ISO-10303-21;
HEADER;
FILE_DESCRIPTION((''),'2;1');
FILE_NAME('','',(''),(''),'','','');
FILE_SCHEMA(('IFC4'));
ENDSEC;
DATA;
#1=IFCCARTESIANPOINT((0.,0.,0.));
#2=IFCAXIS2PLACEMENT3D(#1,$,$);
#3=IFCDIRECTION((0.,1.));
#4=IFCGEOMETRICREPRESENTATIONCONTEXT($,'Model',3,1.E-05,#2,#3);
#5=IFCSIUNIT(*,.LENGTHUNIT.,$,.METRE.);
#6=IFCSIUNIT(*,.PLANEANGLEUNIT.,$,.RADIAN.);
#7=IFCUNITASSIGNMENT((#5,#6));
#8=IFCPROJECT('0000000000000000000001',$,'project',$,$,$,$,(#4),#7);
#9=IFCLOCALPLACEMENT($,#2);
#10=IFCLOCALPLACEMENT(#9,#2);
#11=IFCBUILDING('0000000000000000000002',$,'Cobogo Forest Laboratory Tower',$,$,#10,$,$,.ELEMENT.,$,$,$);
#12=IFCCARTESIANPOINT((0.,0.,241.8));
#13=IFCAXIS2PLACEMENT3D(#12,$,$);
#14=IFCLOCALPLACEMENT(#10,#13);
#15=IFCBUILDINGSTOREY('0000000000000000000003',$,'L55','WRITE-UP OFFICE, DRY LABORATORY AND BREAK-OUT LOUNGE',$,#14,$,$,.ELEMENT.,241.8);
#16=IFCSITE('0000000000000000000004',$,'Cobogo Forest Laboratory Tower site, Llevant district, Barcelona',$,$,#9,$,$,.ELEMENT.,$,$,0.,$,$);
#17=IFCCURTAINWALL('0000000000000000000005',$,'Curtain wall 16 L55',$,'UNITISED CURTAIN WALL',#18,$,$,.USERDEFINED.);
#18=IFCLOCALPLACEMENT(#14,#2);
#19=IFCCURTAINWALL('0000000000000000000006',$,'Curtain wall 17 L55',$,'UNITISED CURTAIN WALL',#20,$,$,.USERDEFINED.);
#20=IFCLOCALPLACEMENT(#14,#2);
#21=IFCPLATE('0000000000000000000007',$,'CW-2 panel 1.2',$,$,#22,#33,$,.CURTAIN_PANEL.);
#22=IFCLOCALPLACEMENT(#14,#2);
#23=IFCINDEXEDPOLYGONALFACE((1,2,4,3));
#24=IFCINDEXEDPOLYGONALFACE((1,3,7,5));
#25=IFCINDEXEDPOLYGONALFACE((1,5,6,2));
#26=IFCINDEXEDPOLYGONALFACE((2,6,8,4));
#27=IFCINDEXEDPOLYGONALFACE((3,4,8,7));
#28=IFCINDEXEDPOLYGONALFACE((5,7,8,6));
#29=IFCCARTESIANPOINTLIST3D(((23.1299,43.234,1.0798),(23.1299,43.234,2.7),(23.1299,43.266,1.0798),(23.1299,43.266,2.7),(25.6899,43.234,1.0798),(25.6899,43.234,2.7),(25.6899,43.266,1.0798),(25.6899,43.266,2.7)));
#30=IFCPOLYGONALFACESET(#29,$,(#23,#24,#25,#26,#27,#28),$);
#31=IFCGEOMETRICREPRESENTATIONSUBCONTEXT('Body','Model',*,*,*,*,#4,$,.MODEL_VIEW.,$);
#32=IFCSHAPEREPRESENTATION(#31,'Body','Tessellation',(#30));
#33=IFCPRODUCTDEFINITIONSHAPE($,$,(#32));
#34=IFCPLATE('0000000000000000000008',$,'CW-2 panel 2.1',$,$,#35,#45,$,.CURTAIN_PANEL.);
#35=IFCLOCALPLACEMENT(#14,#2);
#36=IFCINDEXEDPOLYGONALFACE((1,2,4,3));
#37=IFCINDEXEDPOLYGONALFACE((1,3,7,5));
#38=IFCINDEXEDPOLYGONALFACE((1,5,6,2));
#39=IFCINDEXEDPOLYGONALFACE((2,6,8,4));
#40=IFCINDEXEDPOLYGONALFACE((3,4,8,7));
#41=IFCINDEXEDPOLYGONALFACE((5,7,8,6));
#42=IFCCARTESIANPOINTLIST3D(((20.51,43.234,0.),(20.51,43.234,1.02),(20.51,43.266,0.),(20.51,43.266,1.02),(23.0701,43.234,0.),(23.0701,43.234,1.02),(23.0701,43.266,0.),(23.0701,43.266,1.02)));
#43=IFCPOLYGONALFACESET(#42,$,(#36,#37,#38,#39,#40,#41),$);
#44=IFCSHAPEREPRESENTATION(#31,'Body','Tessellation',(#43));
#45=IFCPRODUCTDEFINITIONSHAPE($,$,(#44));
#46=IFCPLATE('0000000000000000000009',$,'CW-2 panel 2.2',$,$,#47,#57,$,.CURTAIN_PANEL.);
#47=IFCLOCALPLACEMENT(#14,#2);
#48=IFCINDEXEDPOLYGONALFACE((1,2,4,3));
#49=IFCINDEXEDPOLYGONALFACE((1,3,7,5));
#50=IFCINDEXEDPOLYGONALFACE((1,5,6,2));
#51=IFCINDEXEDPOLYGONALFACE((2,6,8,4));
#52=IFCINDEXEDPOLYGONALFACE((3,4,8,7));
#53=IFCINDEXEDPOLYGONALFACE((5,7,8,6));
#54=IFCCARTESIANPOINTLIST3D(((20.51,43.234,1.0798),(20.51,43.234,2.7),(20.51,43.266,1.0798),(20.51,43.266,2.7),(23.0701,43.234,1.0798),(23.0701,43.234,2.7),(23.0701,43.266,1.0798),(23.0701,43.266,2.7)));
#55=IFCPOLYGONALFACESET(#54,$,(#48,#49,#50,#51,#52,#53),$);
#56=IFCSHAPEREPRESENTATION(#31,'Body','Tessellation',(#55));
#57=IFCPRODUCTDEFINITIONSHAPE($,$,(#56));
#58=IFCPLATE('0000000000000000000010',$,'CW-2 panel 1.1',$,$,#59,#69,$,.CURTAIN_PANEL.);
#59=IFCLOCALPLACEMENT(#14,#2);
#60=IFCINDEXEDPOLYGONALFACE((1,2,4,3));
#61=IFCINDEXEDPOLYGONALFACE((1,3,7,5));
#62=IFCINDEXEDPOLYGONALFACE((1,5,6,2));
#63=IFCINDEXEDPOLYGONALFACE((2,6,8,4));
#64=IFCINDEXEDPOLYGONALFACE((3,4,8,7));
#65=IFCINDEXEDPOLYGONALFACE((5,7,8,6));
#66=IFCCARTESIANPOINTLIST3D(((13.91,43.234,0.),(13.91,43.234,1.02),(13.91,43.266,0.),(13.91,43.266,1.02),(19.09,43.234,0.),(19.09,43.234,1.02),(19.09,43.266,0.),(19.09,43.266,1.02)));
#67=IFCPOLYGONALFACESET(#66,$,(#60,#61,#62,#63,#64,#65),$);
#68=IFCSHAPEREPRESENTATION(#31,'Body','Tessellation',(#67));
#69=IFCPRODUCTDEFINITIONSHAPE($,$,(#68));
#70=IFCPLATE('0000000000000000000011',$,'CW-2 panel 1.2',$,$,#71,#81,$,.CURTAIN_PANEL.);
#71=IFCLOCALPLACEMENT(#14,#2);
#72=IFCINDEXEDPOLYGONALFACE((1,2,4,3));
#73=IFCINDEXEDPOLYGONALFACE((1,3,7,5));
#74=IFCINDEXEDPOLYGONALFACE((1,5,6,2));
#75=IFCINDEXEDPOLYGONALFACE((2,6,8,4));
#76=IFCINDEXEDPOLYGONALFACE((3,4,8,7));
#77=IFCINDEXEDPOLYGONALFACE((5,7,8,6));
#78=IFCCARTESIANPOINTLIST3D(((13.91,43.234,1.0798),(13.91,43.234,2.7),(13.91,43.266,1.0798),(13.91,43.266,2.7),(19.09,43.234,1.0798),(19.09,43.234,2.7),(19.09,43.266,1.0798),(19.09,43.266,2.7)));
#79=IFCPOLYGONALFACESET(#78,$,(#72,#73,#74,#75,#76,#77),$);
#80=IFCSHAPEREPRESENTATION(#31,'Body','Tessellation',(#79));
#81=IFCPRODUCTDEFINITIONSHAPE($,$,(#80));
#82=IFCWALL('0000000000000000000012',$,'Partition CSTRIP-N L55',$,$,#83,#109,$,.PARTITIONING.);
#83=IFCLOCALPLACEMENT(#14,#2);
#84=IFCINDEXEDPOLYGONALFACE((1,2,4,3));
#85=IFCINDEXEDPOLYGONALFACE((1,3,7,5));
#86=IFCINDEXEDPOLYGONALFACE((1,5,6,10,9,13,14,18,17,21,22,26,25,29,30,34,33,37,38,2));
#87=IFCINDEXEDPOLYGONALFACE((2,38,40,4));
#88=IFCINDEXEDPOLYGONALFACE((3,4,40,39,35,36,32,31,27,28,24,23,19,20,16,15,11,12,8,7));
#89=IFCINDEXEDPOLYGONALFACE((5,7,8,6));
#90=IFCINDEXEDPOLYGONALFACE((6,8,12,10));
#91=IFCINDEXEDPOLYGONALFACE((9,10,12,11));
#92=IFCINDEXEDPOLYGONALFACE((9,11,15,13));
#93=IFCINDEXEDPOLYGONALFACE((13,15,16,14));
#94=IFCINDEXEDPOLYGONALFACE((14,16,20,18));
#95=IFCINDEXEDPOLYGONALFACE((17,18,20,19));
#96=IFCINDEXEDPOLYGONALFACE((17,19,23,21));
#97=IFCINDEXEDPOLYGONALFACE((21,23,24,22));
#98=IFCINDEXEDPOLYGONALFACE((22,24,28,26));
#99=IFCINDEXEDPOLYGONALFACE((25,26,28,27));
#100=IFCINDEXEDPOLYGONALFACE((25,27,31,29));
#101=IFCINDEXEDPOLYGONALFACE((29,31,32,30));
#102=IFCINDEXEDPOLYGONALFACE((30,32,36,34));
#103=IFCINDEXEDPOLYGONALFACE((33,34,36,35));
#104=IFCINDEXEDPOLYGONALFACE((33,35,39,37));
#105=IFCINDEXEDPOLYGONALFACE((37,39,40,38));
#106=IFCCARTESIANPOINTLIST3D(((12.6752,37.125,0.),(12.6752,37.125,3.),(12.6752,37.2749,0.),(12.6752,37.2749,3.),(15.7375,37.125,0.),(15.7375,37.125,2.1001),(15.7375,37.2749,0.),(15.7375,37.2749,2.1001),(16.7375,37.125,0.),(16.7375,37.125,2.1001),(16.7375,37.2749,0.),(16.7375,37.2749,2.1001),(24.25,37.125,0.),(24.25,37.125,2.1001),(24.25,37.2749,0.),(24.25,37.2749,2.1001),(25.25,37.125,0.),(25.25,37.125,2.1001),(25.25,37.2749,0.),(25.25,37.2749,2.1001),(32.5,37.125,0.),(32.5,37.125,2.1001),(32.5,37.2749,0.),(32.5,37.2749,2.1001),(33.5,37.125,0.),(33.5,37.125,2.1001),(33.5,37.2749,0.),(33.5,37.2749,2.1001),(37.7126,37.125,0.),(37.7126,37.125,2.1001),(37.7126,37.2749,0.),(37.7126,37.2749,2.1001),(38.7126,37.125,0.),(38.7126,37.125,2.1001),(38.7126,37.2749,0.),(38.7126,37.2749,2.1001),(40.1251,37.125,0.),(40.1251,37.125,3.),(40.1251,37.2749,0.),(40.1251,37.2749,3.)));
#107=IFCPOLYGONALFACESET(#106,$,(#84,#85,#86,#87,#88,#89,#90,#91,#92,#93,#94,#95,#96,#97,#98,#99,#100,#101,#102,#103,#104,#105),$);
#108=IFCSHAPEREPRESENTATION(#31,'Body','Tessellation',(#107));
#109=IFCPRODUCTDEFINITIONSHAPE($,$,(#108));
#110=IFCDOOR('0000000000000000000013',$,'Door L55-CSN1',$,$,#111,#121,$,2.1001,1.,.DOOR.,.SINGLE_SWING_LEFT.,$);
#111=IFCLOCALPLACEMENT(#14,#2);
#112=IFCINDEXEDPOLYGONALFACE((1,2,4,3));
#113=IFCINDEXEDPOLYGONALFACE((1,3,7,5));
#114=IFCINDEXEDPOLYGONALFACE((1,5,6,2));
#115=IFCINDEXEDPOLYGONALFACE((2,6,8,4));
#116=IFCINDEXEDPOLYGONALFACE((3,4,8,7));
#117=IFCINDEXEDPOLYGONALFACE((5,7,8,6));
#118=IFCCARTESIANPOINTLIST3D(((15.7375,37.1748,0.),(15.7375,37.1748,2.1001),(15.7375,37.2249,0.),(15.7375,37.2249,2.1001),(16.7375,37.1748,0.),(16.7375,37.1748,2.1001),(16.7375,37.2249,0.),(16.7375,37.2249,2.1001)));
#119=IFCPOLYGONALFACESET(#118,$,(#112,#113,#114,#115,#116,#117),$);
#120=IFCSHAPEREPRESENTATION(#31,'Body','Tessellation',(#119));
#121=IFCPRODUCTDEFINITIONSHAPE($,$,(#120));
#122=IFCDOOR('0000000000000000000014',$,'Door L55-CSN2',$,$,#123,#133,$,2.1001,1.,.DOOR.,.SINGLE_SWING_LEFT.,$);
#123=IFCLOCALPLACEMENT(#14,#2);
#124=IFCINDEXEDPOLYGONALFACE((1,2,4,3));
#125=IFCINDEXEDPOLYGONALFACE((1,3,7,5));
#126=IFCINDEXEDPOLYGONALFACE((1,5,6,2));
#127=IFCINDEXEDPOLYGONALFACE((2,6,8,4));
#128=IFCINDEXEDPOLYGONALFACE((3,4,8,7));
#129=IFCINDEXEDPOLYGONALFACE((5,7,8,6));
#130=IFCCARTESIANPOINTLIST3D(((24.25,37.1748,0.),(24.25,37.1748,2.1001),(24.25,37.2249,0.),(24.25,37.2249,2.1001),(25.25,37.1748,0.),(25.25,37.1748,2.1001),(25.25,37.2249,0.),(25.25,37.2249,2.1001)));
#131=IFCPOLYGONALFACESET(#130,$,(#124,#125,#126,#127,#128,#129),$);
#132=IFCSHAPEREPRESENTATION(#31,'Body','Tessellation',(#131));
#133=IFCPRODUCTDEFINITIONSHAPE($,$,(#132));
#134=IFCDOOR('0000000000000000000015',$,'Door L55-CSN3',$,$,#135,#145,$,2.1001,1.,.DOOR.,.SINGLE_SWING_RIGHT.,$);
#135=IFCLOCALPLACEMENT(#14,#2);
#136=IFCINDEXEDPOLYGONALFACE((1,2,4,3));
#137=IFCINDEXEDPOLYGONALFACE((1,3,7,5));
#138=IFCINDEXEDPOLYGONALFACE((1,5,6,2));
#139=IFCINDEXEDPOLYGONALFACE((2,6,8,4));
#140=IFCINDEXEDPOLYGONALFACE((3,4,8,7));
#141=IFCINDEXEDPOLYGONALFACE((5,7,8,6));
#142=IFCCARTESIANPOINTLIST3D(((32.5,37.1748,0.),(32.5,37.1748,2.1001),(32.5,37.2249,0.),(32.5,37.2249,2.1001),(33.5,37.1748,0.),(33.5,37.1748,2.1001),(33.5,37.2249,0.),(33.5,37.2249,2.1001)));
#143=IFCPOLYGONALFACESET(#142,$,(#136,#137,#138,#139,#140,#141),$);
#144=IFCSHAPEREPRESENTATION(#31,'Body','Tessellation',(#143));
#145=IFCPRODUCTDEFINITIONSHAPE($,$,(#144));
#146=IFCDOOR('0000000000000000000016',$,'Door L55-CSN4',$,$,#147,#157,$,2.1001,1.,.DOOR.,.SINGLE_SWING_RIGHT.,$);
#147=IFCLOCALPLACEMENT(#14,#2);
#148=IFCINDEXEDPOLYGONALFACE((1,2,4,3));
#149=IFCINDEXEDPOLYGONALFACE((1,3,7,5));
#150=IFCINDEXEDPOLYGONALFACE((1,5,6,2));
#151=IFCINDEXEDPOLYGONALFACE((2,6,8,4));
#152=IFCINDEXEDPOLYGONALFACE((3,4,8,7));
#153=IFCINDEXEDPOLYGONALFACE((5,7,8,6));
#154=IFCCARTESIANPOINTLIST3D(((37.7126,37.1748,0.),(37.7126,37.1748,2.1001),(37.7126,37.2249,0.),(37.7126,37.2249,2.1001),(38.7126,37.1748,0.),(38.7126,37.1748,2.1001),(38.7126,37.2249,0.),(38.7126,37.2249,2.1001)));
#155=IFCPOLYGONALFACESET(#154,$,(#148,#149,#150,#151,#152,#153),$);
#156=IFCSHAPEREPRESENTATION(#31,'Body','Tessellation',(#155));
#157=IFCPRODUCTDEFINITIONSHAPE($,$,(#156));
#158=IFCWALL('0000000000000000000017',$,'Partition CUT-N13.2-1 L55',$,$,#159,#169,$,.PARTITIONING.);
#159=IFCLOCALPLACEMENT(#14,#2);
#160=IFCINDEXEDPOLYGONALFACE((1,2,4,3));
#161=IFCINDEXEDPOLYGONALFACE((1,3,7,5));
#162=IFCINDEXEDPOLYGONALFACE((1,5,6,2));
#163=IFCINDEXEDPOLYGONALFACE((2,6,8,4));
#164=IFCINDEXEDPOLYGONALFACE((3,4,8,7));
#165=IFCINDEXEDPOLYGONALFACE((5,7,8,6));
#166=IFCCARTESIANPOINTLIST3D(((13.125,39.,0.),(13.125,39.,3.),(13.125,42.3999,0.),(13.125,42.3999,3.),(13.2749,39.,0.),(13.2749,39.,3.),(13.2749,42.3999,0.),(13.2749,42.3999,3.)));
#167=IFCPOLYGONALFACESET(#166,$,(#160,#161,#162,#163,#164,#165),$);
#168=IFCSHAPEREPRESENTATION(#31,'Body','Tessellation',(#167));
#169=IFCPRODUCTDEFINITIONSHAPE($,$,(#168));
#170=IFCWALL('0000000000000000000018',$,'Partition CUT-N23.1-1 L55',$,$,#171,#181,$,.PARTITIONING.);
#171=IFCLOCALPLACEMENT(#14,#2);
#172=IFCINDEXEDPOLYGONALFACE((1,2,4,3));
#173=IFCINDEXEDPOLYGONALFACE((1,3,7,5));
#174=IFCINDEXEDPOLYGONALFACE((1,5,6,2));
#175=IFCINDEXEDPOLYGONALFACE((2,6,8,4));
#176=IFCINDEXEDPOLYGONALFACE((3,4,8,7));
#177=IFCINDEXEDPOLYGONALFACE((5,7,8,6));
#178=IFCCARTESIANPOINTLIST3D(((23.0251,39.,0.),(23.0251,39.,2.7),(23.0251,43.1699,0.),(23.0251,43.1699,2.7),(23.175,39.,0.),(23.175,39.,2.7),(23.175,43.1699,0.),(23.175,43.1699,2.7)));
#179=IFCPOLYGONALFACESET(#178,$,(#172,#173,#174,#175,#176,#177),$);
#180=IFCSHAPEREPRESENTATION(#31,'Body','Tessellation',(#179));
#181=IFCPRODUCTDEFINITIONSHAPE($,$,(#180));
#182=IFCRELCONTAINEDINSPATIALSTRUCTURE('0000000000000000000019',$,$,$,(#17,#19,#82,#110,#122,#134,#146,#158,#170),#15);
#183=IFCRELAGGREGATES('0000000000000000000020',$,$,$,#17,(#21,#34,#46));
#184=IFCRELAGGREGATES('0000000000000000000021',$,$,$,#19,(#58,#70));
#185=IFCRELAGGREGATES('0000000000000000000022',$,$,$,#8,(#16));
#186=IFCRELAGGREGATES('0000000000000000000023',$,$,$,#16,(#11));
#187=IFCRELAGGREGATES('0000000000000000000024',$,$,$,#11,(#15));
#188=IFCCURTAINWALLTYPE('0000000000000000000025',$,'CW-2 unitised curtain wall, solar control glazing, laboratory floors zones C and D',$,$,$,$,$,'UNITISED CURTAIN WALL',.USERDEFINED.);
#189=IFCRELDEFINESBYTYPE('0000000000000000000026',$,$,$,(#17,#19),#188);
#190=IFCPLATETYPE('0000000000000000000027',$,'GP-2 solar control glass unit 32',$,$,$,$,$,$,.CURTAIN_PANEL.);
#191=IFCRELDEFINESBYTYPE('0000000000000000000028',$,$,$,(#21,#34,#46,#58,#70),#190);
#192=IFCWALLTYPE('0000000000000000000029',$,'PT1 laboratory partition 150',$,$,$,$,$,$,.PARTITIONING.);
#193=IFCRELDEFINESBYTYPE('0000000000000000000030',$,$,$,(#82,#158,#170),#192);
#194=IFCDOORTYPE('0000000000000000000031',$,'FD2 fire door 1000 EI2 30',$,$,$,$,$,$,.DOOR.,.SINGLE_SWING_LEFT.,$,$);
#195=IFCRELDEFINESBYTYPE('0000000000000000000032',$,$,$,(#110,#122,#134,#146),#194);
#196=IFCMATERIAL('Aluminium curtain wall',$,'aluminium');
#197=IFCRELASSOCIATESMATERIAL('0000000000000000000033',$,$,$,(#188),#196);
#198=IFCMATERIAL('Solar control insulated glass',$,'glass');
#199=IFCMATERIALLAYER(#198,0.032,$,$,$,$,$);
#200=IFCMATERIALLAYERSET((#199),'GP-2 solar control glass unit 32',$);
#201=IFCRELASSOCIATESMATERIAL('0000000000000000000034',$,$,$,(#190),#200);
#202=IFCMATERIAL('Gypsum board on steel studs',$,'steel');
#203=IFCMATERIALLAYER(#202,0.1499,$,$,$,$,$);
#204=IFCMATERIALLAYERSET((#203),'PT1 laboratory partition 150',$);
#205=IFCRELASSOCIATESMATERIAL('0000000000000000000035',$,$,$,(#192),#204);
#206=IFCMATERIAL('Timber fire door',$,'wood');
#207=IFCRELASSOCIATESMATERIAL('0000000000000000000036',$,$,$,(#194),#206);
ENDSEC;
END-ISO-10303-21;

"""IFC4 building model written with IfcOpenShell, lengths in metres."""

from ifc_helpers import new_model, si_unit, direction, frame, frame_2d, origin, origin_2d, place, context, subcontext, project, spatial, rectangle, extrude, material, layer, layer_set, type_object, element, fill, aggregate, save


model = new_model("IFC4")

# Units and contexts
model_context = context("Model", 3, precision=1e-05, world=origin(), true_north=direction((0.0, 1.0)))
body_context = subcontext(model_context, "Body", "Model", "MODEL_VIEW")
ifc_project = project(units=[si_unit("LENGTHUNIT", "METRE"), si_unit("PLANEANGLEUNIT", "RADIAN")], contexts=[model_context])

# Site, building, storey
site_placement = place(None, origin())
site = spatial("IfcSite", under=ifc_project, at=site_placement, Name="Cobogo Forest Laboratory Tower site, Llevant district, Barcelona", CompositionType="ELEMENT", RefElevation=0.0)
building_placement = place(site_placement, origin())
building = spatial("IfcBuilding", under=site, at=building_placement, Name="Cobogo Forest Laboratory Tower", CompositionType="ELEMENT")
storey_placement = place(building_placement, frame((0.0, 0.0, 241.8)))
storey = spatial("IfcBuildingStorey", under=building, at=storey_placement, Name="L55", Description="WRITE-UP OFFICE, DRY LABORATORY AND BREAK-OUT LOUNGE", CompositionType="ELEMENT", Elevation=241.8)

# Curtain walls
ifc_material_1 = material(Name="Aluminium curtain wall", Category="aluminium")
curtain_wall_type = type_object("IfcCurtainWallType", Name="CW-2 unitised curtain wall, solar control glazing, laboratory floors zones C and D", ElementType="UNITISED CURTAIN WALL", PredefinedType="USERDEFINED", material=ifc_material_1)
curtain_wall_1_placement = place(storey_placement, origin())
curtain_wall_1 = element("IfcCurtainWall", 1, at=curtain_wall_1_placement, inside=storey, type_object=curtain_wall_type, Name="Curtain wall 16 L55", ObjectType="UNITISED CURTAIN WALL", PredefinedType="USERDEFINED")
curtain_wall_2_placement = place(storey_placement, origin())
curtain_wall_2 = element("IfcCurtainWall", 2, at=curtain_wall_2_placement, inside=storey, type_object=curtain_wall_type, Name="Curtain wall 17 L55", ObjectType="UNITISED CURTAIN WALL", PredefinedType="USERDEFINED")

# Plates
ifc_material_2 = material(Name="Solar control insulated glass", Category="glass")
ifc_layer_1 = layer(ifc_material_2, 0.032)
ifc_layer_set_1 = layer_set([ifc_layer_1], Name="GP-2 solar control glass unit 32")
plate_type_1 = type_object("IfcPlateType", Name="GP-2 solar control glass unit 32", PredefinedType="CURTAIN_PANEL", material=ifc_layer_set_1)
plate_1_placement = place(storey_placement, frame((24.4099, 43.25, 1.0798), z_axis=(0.0, 0.0, 1.0), x_axis=(-1.0, 0.0, 0.0)))
plate_1 = element("IfcPlate", 3, at=plate_1_placement, type_object=plate_type_1, Name="CW-2 panel 1.2", PredefinedType="CURTAIN_PANEL", context=body_context, shape_type="SweptSolid", body=[
    extrude(rectangle(XDim=2.5601, YDim=0.032, at=origin_2d()), origin(), (0.0, 0.0, 1.0), 1.6201),
])
plate_2_placement = place(storey_placement, frame((21.79, 43.25, 0.0), z_axis=(0.0, 0.0, 1.0), x_axis=(-1.0, 0.0, 0.0)))
plate_2 = element("IfcPlate", 4, at=plate_2_placement, type_object=plate_type_1, Name="CW-2 panel 2.1", PredefinedType="CURTAIN_PANEL", context=body_context, shape_type="SweptSolid", body=[
    extrude(rectangle(XDim=2.5601, YDim=0.032, at=origin_2d()), origin(), (0.0, 0.0, 1.0), 1.02),
])
plate_3_placement = place(storey_placement, frame((21.79, 43.25, 1.0798), z_axis=(0.0, 0.0, 1.0), x_axis=(-1.0, 0.0, 0.0)))
plate_3 = element("IfcPlate", 5, at=plate_3_placement, type_object=plate_type_1, Name="CW-2 panel 2.2", PredefinedType="CURTAIN_PANEL", context=body_context, shape_type="SweptSolid", body=[
    extrude(rectangle(XDim=2.5601, YDim=0.032, at=origin_2d()), origin(), (0.0, 0.0, 1.0), 1.6201),
])
aggregate(curtain_wall_1, [plate_1, plate_2, plate_3])
plate_4_placement = place(storey_placement, frame((16.5, 43.25, 0.0), z_axis=(0.0, 0.0, 1.0), x_axis=(-1.0, 0.0, 0.0)))
plate_4 = element("IfcPlate", 6, at=plate_4_placement, type_object=plate_type_1, Name="CW-2 panel 1.1", PredefinedType="CURTAIN_PANEL", context=body_context, shape_type="SweptSolid", body=[
    extrude(rectangle(XDim=5.1799, YDim=0.032, at=origin_2d()), origin(), (0.0, 0.0, 1.0), 1.02),
])
plate_5_placement = place(storey_placement, frame((16.5, 43.25, 1.0798), z_axis=(0.0, 0.0, 1.0), x_axis=(-1.0, 0.0, 0.0)))
plate_5 = element("IfcPlate", 7, at=plate_5_placement, type_object=plate_type_1, Name="CW-2 panel 1.2", PredefinedType="CURTAIN_PANEL", context=body_context, shape_type="SweptSolid", body=[
    extrude(rectangle(XDim=5.1799, YDim=0.032, at=origin_2d()), origin(), (0.0, 0.0, 1.0), 1.6201),
])
aggregate(curtain_wall_2, [plate_4, plate_5])

# Wall, openings, doors
ifc_material_3 = material(Name="Gypsum board on steel studs", Category="steel")
ifc_layer_2 = layer(ifc_material_3, 0.1499)
ifc_layer_set_2 = layer_set([ifc_layer_2], Name="PT1 laboratory partition 150")
wall_type = type_object("IfcWallType", Name="PT1 laboratory partition 150", PredefinedType="PARTITIONING", material=ifc_layer_set_2)
wall_1_placement = place(storey_placement, frame((12.675, 37.2, 0.0), z_axis=(0.0, 0.0, 1.0), x_axis=(1.0, 0.0, 0.0)))
wall_1 = element("IfcWall", 8, at=wall_1_placement, inside=storey, type_object=wall_type, Name="Partition CSTRIP-N L55", PredefinedType="PARTITIONING", context=body_context, shape_type="SweptSolid", body=[
    extrude(rectangle(XDim=27.45, YDim=0.1499, at=frame_2d((13.7251, 0.0))), origin(), (0.0, 0.0, 1.0), 3.0),
])
opening_1_placement = place(wall_1_placement, frame((3.0625, 0.0, 0.0)))
opening_1 = element("IfcOpeningElement", 9, at=opening_1_placement, cuts=wall_1, PredefinedType="OPENING", context=body_context, shape_type="SweptSolid", body=[
    extrude(rectangle(XDim=1.0, YDim=2.1001, at=frame_2d((0.5, 1.05))), frame((0.0, 0.085, 0.0), z_axis=(0.0, -1.0, 0.0), x_axis=(1.0, 0.0, 0.0)), (0.0, 0.0, 1.0), 0.1699),
])
opening_2_placement = place(wall_1_placement, frame((11.575, 0.0, 0.0)))
opening_2 = element("IfcOpeningElement", 10, at=opening_2_placement, cuts=wall_1, PredefinedType="OPENING", context=body_context, shape_type="SweptSolid", body=[
    extrude(rectangle(XDim=1.0, YDim=2.1001, at=frame_2d((0.5, 1.05))), frame((0.0, 0.085, 0.0), z_axis=(0.0, -1.0, 0.0), x_axis=(1.0, 0.0, 0.0)), (0.0, 0.0, 1.0), 0.1699),
])
opening_3_placement = place(wall_1_placement, frame((19.825, 0.0, 0.0)))
opening_3 = element("IfcOpeningElement", 11, at=opening_3_placement, cuts=wall_1, PredefinedType="OPENING", context=body_context, shape_type="SweptSolid", body=[
    extrude(rectangle(XDim=1.0, YDim=2.1001, at=frame_2d((0.5, 1.05))), frame((0.0, 0.085, 0.0), z_axis=(0.0, -1.0, 0.0), x_axis=(1.0, 0.0, 0.0)), (0.0, 0.0, 1.0), 0.1699),
])
opening_4_placement = place(wall_1_placement, frame((25.0376, 0.0, 0.0)))
opening_4 = element("IfcOpeningElement", 12, at=opening_4_placement, cuts=wall_1, PredefinedType="OPENING", context=body_context, shape_type="SweptSolid", body=[
    extrude(rectangle(XDim=1.0, YDim=2.1001, at=frame_2d((0.5, 1.05))), frame((0.0, 0.085, 0.0), z_axis=(0.0, -1.0, 0.0), x_axis=(1.0, 0.0, 0.0)), (0.0, 0.0, 1.0), 0.1699),
])
ifc_material_4 = material(Name="Timber fire door", Category="wood")
door_type = type_object("IfcDoorType", Name="FD2 fire door 1000 EI2 30", OperationType="SINGLE_SWING_LEFT", PredefinedType="DOOR", material=ifc_material_4)
door_1_placement = place(opening_1_placement, origin())
door_1 = element("IfcDoor", 13, at=door_1_placement, inside=storey, type_object=door_type, Name="Door L55-CSN1", OperationType="SINGLE_SWING_LEFT", OverallHeight=2.1001, OverallWidth=1.0, PredefinedType="DOOR", context=body_context, shape_type="SweptSolid", body=[
    extrude(rectangle(XDim=1.0, YDim=2.1001, at=frame_2d((0.5, 1.05))), frame((0.0, 0.0249, 0.0), z_axis=(0.0, -1.0, 0.0), x_axis=(1.0, 0.0, 0.0)), (0.0, 0.0, 1.0), 0.05),
])
fill(opening_1, door_1)
door_2_placement = place(opening_2_placement, origin())
door_2 = element("IfcDoor", 14, at=door_2_placement, inside=storey, type_object=door_type, Name="Door L55-CSN2", OperationType="SINGLE_SWING_LEFT", OverallHeight=2.1001, OverallWidth=1.0, PredefinedType="DOOR", context=body_context, shape_type="SweptSolid", body=[
    extrude(rectangle(XDim=1.0, YDim=2.1001, at=frame_2d((0.5, 1.05))), frame((0.0, 0.0249, 0.0), z_axis=(0.0, -1.0, 0.0), x_axis=(1.0, 0.0, 0.0)), (0.0, 0.0, 1.0), 0.05),
])
fill(opening_2, door_2)
door_3_placement = place(opening_3_placement, origin())
door_3 = element("IfcDoor", 15, at=door_3_placement, inside=storey, type_object=door_type, Name="Door L55-CSN3", OperationType="SINGLE_SWING_RIGHT", OverallHeight=2.1001, OverallWidth=1.0, PredefinedType="DOOR", context=body_context, shape_type="SweptSolid", body=[
    extrude(rectangle(XDim=1.0, YDim=2.1001, at=frame_2d((0.5, 1.05))), frame((0.0, 0.0249, 0.0), z_axis=(0.0, -1.0, 0.0), x_axis=(1.0, 0.0, 0.0)), (0.0, 0.0, 1.0), 0.05),
])
fill(opening_3, door_3)
door_4_placement = place(opening_4_placement, origin())
door_4 = element("IfcDoor", 16, at=door_4_placement, inside=storey, type_object=door_type, Name="Door L55-CSN4", OperationType="SINGLE_SWING_RIGHT", OverallHeight=2.1001, OverallWidth=1.0, PredefinedType="DOOR", context=body_context, shape_type="SweptSolid", body=[
    extrude(rectangle(XDim=1.0, YDim=2.1001, at=frame_2d((0.5, 1.05))), frame((0.0, 0.0249, 0.0), z_axis=(0.0, -1.0, 0.0), x_axis=(1.0, 0.0, 0.0)), (0.0, 0.0, 1.0), 0.05),
])
fill(opening_4, door_4)

# Walls
wall_2_placement = place(storey_placement, frame((13.2, 42.3999, 0.0), z_axis=(0.0, 0.0, 1.0), x_axis=(0.0, -1.0, 0.0)))
element("IfcWall", 17, at=wall_2_placement, inside=storey, type_object=wall_type, Name="Partition CUT-N13.2-1 L55", PredefinedType="PARTITIONING", context=body_context, shape_type="SweptSolid", body=[
    extrude(rectangle(XDim=3.3999, YDim=0.1499, at=frame_2d((1.7, 0.0))), origin(), (0.0, 0.0, 1.0), 3.0),
])
wall_3_placement = place(storey_placement, frame((23.1001, 43.1699, 0.0), z_axis=(0.0, 0.0, 1.0), x_axis=(0.0, -1.0, 0.0)))
element("IfcWall", 18, at=wall_3_placement, inside=storey, type_object=wall_type, Name="Partition CUT-N23.1-1 L55", PredefinedType="PARTITIONING", context=body_context, shape_type="SweptSolid", body=[
    extrude(rectangle(XDim=4.1699, YDim=0.1499, at=frame_2d((2.085, 0.0))), origin(), (0.0, 0.0, 1.0), 2.7),
])

save(model, "model.ifc")
